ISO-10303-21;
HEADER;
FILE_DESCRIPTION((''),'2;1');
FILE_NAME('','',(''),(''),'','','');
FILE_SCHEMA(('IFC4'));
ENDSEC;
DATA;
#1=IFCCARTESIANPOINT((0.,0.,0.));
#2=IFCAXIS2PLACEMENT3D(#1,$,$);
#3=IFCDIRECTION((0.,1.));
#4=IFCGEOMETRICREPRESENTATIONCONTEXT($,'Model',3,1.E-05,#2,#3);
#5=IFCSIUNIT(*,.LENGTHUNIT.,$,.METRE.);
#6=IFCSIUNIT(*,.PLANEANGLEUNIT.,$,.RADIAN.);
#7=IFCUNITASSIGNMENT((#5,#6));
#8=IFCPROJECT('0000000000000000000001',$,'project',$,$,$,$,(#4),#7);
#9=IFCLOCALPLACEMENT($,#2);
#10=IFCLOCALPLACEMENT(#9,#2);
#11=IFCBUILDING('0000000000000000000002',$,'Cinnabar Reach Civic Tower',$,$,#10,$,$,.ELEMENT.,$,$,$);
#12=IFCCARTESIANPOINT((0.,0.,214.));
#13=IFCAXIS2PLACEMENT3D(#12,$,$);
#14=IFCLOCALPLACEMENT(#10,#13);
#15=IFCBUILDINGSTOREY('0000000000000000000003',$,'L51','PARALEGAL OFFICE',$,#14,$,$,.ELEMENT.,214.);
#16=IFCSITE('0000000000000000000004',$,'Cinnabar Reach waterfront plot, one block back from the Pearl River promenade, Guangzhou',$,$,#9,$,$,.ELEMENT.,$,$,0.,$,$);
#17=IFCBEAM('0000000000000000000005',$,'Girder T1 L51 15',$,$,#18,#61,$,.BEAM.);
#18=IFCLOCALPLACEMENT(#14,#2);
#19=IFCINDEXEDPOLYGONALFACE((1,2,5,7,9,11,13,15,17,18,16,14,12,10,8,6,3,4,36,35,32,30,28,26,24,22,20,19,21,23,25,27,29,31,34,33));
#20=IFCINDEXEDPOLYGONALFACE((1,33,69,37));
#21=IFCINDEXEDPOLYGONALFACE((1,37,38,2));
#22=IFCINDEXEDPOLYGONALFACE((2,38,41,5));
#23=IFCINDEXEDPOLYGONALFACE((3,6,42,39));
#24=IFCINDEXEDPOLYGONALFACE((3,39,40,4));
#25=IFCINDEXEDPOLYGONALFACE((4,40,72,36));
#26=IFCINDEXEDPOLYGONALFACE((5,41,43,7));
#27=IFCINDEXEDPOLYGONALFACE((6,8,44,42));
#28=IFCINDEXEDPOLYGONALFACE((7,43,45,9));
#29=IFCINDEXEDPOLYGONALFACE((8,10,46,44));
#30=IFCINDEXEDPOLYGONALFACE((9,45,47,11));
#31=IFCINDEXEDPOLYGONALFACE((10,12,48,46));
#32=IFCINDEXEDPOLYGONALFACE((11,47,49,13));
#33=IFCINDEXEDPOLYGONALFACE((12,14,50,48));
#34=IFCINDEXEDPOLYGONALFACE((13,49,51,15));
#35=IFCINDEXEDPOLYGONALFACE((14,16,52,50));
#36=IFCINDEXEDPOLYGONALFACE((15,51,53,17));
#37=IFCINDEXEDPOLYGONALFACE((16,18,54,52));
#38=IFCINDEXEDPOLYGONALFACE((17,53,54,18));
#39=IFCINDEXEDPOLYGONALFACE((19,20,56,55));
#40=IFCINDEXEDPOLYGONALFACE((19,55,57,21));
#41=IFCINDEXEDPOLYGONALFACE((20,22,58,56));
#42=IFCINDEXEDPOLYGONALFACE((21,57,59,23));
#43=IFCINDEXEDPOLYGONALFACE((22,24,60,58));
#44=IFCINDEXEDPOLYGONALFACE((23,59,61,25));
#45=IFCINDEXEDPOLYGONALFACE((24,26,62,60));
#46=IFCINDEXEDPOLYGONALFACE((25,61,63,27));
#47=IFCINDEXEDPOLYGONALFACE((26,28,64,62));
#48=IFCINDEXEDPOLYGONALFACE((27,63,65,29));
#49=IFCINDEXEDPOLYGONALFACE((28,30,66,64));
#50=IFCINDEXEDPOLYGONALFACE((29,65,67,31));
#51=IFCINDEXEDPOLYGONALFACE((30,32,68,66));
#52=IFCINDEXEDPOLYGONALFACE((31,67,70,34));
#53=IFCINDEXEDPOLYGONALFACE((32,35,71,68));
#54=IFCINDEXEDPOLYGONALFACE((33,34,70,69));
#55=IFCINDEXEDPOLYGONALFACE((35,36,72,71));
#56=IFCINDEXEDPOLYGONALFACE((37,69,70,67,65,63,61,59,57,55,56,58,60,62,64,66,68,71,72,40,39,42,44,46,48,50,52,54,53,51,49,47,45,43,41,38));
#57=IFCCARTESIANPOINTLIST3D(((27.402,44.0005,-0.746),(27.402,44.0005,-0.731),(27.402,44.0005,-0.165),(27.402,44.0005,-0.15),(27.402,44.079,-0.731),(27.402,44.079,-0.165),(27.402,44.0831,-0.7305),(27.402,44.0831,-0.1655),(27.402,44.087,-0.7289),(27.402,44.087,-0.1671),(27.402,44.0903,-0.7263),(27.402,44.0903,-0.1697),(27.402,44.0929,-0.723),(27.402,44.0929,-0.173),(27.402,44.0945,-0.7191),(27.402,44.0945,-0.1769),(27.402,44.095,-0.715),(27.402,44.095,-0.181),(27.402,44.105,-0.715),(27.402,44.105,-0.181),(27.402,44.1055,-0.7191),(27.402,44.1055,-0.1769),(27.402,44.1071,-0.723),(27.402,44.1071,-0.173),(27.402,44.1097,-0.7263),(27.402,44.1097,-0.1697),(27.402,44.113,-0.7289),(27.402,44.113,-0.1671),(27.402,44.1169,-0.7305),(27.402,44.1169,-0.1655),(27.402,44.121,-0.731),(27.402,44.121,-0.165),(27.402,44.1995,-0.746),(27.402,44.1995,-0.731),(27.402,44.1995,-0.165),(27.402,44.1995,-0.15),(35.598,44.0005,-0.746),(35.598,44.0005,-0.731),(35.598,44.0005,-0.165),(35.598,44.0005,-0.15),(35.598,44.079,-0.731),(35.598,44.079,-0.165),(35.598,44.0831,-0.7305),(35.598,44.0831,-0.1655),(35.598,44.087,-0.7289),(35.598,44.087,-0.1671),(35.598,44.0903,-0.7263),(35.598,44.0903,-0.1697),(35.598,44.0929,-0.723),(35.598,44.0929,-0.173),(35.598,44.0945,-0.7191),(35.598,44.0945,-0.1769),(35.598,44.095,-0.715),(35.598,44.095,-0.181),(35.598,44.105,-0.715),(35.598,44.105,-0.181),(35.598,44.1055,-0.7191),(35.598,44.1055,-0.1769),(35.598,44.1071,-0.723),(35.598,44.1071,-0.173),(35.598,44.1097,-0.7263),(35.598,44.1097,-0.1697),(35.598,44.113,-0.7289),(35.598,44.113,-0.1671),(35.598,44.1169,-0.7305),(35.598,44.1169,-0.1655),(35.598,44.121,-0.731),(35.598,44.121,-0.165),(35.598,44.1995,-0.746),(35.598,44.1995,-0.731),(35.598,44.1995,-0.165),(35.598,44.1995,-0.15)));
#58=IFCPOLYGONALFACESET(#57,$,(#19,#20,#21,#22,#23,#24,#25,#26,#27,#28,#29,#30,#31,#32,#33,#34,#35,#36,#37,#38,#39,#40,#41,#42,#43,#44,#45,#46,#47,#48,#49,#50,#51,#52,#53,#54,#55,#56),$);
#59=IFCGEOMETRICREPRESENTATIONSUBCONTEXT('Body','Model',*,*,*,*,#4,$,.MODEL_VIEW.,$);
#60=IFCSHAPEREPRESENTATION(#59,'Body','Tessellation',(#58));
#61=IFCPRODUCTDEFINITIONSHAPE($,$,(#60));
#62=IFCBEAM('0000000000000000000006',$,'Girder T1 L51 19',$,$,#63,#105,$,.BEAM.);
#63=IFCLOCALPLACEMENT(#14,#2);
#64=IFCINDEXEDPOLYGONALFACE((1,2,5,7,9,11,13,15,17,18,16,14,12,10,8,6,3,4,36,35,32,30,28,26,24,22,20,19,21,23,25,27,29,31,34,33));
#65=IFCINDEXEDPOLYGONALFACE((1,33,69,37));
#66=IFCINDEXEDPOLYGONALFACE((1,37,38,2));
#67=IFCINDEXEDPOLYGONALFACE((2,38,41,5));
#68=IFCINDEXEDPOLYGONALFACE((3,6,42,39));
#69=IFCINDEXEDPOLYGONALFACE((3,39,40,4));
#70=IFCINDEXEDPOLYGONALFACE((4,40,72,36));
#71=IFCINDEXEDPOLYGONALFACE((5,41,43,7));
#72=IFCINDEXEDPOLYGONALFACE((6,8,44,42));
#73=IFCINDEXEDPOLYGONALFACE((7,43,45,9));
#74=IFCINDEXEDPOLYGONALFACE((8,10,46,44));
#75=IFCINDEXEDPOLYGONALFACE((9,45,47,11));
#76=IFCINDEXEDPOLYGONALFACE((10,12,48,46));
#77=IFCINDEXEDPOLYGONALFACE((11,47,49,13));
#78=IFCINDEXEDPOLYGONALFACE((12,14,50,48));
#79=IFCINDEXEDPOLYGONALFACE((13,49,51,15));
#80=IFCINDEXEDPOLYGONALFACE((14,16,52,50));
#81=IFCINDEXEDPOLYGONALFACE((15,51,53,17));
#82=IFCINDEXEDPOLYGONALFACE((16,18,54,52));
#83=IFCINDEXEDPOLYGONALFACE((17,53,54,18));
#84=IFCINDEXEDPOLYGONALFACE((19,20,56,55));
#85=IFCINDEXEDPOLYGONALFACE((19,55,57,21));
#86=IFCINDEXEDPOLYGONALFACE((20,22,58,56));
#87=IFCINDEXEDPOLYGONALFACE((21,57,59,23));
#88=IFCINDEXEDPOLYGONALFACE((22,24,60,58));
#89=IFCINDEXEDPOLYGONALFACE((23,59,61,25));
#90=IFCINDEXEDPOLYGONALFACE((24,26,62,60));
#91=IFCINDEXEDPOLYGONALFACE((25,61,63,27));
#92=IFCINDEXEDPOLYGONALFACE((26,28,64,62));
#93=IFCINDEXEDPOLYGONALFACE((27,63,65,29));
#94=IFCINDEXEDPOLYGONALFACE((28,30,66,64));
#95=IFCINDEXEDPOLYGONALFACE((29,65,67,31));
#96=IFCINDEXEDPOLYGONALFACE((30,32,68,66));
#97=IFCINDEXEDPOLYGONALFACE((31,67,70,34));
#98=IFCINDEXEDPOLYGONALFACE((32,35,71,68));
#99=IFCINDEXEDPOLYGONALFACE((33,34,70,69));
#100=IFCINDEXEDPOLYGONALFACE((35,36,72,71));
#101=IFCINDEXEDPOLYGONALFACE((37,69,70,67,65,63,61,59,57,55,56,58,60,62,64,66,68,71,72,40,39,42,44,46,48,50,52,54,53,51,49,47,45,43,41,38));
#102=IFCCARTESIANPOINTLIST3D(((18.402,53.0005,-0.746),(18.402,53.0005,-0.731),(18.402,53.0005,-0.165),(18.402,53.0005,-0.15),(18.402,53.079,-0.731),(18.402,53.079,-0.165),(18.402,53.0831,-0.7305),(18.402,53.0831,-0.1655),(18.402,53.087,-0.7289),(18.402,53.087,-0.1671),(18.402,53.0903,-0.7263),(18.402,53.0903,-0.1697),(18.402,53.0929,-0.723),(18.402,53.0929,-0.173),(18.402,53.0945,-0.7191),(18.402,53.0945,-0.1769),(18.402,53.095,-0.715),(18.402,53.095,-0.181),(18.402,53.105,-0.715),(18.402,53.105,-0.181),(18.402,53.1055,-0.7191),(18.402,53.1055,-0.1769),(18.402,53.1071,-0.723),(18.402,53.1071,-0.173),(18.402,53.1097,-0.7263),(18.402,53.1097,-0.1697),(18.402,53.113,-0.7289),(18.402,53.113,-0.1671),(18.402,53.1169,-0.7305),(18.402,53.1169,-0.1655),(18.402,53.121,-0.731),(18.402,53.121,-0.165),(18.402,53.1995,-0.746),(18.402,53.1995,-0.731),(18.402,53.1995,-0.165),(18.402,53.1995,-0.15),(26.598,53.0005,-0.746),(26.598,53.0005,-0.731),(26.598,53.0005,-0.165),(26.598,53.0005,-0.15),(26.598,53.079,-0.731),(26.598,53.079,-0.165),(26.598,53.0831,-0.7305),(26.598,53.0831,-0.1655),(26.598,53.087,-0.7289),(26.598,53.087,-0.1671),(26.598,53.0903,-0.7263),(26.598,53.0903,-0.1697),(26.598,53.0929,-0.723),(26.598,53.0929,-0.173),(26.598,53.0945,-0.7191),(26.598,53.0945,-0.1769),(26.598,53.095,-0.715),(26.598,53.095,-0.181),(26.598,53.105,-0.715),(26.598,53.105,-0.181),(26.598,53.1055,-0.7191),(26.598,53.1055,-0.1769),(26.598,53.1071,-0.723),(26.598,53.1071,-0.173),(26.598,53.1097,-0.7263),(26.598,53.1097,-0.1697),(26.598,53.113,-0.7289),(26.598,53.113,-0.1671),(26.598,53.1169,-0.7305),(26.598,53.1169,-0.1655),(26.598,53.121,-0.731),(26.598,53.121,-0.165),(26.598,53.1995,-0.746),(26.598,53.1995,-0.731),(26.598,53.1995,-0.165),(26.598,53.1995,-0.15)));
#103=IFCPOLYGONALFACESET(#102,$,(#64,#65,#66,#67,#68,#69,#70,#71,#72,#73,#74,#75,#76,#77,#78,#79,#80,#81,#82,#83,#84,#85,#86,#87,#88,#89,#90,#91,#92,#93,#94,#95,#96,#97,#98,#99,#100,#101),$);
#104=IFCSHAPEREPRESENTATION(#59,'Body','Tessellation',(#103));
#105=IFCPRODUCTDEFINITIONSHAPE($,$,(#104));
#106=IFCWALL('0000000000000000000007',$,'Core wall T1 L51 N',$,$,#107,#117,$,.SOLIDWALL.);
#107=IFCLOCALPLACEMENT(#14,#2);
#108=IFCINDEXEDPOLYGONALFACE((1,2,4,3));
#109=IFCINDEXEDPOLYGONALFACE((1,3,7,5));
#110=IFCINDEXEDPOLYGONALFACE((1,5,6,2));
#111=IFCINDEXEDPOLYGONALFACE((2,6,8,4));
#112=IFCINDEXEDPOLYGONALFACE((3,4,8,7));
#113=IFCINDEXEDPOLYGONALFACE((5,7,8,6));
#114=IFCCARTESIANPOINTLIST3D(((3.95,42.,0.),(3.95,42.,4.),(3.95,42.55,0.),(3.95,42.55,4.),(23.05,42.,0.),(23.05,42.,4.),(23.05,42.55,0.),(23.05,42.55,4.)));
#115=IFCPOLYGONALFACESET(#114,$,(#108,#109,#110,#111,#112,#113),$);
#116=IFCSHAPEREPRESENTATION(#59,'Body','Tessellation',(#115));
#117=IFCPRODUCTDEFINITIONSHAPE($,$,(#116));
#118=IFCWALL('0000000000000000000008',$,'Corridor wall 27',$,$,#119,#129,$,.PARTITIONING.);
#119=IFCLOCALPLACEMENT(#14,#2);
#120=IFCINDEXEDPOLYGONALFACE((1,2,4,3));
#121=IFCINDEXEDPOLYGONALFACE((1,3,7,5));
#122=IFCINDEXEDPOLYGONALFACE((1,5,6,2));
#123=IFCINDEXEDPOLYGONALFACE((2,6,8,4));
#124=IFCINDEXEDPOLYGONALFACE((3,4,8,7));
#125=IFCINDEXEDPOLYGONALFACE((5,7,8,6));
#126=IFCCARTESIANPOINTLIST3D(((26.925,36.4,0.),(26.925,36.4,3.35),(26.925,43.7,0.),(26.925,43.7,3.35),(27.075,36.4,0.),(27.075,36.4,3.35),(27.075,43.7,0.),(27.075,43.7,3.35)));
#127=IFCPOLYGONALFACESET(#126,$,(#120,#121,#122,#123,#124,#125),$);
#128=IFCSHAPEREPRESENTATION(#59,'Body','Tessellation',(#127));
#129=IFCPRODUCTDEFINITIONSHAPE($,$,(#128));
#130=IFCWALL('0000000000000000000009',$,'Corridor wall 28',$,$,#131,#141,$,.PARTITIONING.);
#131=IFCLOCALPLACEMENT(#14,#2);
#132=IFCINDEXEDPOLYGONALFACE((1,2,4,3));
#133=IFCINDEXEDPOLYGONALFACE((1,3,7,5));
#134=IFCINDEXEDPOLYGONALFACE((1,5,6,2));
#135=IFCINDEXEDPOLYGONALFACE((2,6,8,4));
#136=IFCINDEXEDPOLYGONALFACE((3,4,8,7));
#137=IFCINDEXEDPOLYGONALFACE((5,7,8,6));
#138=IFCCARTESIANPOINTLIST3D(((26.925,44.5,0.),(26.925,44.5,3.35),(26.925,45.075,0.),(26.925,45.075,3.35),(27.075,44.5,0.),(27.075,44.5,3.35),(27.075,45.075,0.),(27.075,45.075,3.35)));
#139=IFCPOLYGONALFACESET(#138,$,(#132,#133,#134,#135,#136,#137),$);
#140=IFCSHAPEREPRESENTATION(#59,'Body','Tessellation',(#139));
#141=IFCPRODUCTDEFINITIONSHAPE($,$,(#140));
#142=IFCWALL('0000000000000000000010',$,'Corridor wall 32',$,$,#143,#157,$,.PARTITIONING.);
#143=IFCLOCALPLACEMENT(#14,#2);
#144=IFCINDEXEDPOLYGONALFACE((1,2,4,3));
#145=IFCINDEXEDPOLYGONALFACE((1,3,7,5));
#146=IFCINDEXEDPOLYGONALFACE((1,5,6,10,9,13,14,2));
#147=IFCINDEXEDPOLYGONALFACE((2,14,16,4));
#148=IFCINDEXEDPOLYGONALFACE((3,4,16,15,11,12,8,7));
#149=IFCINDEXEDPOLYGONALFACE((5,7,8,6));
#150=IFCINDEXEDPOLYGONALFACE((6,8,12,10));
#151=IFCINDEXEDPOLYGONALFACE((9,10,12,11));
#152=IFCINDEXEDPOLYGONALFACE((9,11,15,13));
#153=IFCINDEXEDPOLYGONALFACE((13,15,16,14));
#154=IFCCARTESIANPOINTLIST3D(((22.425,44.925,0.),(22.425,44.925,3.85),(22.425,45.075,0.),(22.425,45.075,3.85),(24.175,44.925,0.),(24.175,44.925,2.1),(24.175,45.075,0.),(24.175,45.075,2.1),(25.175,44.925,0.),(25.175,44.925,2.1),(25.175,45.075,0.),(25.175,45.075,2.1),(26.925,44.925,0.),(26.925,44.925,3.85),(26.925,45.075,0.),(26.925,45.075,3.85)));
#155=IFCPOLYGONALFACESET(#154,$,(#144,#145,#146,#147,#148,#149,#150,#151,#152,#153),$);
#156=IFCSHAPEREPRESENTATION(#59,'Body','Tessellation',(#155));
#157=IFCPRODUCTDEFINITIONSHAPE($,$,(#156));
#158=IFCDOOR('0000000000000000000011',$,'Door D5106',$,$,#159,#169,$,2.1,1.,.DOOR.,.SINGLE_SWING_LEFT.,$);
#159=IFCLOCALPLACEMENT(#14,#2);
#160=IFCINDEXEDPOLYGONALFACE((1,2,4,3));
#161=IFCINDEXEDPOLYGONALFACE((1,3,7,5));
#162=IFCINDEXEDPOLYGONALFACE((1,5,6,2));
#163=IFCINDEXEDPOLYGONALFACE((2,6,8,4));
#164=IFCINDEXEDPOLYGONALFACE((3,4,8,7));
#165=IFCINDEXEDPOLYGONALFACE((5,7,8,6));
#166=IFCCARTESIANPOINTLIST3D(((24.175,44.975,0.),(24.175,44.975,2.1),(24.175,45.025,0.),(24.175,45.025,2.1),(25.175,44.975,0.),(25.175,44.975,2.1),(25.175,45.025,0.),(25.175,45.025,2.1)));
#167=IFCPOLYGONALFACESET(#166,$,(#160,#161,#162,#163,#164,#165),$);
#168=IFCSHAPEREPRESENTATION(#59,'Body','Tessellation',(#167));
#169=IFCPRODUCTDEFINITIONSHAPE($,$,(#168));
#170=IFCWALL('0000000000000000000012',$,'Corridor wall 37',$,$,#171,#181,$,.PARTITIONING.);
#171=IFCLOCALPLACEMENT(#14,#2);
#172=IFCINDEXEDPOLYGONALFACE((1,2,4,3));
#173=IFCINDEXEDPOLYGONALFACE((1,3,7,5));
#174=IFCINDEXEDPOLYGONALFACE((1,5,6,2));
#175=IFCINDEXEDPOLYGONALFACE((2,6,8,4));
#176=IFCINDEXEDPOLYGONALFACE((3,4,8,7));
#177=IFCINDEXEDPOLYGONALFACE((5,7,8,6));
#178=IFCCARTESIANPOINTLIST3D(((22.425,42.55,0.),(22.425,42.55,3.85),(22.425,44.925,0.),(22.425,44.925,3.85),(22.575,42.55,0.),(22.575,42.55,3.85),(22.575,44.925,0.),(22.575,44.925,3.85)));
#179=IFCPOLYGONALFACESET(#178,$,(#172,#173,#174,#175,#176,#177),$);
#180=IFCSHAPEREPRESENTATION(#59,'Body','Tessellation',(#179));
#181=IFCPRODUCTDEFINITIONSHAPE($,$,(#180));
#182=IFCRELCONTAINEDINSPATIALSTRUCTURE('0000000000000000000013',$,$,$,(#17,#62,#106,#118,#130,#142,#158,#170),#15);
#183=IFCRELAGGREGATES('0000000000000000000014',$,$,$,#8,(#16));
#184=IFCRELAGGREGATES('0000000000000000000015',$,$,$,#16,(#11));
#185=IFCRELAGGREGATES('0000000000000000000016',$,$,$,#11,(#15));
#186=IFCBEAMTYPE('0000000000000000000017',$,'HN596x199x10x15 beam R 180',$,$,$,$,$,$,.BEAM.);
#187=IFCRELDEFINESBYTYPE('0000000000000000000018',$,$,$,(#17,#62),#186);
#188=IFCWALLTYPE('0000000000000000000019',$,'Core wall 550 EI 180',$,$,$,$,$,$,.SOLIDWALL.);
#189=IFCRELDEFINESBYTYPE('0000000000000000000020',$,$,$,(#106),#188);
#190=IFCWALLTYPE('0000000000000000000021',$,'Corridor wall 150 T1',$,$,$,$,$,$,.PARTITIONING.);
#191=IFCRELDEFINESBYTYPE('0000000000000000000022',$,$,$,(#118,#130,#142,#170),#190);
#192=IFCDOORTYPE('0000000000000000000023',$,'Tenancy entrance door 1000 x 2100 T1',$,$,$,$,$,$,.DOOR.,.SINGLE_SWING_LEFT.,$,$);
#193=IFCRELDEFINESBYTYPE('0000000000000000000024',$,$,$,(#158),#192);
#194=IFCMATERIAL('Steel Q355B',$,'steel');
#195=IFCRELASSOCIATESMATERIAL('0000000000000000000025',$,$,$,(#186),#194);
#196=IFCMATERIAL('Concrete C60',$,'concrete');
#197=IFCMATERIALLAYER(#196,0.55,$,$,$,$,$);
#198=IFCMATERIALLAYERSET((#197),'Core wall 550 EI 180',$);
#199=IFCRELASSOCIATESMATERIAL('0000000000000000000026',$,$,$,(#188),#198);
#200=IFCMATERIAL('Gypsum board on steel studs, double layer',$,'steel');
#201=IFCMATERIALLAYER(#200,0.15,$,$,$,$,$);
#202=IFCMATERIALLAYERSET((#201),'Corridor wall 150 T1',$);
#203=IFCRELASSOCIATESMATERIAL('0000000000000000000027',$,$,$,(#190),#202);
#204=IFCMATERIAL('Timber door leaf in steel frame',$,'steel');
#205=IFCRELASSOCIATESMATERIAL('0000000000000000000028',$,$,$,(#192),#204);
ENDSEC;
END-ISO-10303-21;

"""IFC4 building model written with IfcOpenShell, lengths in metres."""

from ifc_helpers import new_model, si_unit, direction, frame, frame_2d, origin, origin_2d, place, context, subcontext, project, spatial, rectangle, i_section, extrude, material, layer, layer_set, material_profile, profile_set, type_object, element, fill, save


model = new_model("IFC4")

# Units and contexts
model_context = context("Model", 3, precision=1e-05, world=origin(), true_north=direction((0.0, 1.0)))
body_context = subcontext(model_context, "Body", "Model", "MODEL_VIEW")
ifc_project = project(units=[si_unit("LENGTHUNIT", "METRE"), si_unit("PLANEANGLEUNIT", "RADIAN")], contexts=[model_context])

# Site, building, storey
site_placement = place(None, origin())
site = spatial("IfcSite", under=ifc_project, at=site_placement, Name="Cinnabar Reach waterfront plot, one block back from the Pearl River promenade, Guangzhou", CompositionType="ELEMENT", RefElevation=0.0)
building_placement = place(site_placement, origin())
building = spatial("IfcBuilding", under=site, at=building_placement, Name="Cinnabar Reach Civic Tower", CompositionType="ELEMENT")
storey_placement = place(building_placement, frame((0.0, 0.0, 214.0)))
storey = spatial("IfcBuildingStorey", under=building, at=storey_placement, Name="L51", Description="PARALEGAL OFFICE", CompositionType="ELEMENT", Elevation=214.0)

# Shared definitions
ifc_material_1 = material(Name="Concrete C60", Category="concrete")

# Beams
ifc_material_2 = material(Name="Steel Q355B", Category="steel")
ifc_material_profile_1 = material_profile(ifc_material_2, i_section(OverallWidth=0.199, OverallDepth=0.596, WebThickness=0.01, FlangeThickness=0.015, FilletRadius=0.016, at=origin_2d()), Name="HN596x199x10x15")
ifc_profile_set_1 = profile_set([ifc_material_profile_1], Name="Steel Q355B")
beam_type_1 = type_object("IfcBeamType", Name="HN596x199x10x15 beam R 180", PredefinedType="BEAM", material=ifc_profile_set_1)
for number, where, z_axis, x_axis, name in (
    (1, (27.402, 44.1, -0.448), (1.0, 0.0, 0.0), (0.0, 1.0, 0.0), "Girder T1 L51 15"),
    (2, (18.402, 53.1, -0.448), (1.0, 0.0, 0.0), (0.0, 1.0, 0.0), "Girder T1 L51 19"),
):
    element("IfcBeam", number, at=place(storey_placement, frame(where, z_axis=z_axis, x_axis=x_axis)), inside=storey, type_object=beam_type_1, Name=name, PredefinedType="BEAM", context=body_context, shape_type="SweptSolid", body=[
        extrude(i_section(OverallWidth=0.199, OverallDepth=0.596, WebThickness=0.01, FlangeThickness=0.015, FilletRadius=0.016, at=origin_2d()), origin(), (0.0, 0.0, 1.0), 8.196),
    ])

# Walls
ifc_layer_1 = layer(ifc_material_1, 0.55)
ifc_layer_set_1 = layer_set([ifc_layer_1], Name="Core wall 550 EI 180")
wall_type_1 = type_object("IfcWallType", Name="Core wall 550 EI 180", PredefinedType="SOLIDWALL", material=ifc_layer_set_1)
wall_1_placement = place(storey_placement, frame((23.05, 42.275, 0.0), z_axis=(0.0, 0.0, 1.0), x_axis=(-1.0, 0.0, 0.0)))
element("IfcWall", 3, at=wall_1_placement, inside=storey, type_object=wall_type_1, Name="Core wall T1 L51 N", PredefinedType="SOLIDWALL", context=body_context, shape_type="SweptSolid", body=[
    extrude(rectangle(XDim=19.1, YDim=0.55, at=frame_2d((9.55, 0.0))), origin(), (0.0, 0.0, 1.0), 4.0),
])
ifc_material_3 = material(Name="Gypsum board on steel studs, double layer", Category="steel")
ifc_layer_2 = layer(ifc_material_3, 0.15)
ifc_layer_set_2 = layer_set([ifc_layer_2], Name="Corridor wall 150 T1")
wall_type_2 = type_object("IfcWallType", Name="Corridor wall 150 T1", PredefinedType="PARTITIONING", material=ifc_layer_set_2)
wall_2_placement = place(storey_placement, frame((27.0, 36.4, 0.0), z_axis=(0.0, 0.0, 1.0), x_axis=(0.0, 1.0, 0.0)))
element("IfcWall", 4, at=wall_2_placement, inside=storey, type_object=wall_type_2, Name="Corridor wall 27", PredefinedType="PARTITIONING", context=body_context, shape_type="SweptSolid", body=[
    extrude(rectangle(XDim=7.3, YDim=0.15, at=frame_2d((3.65, 0.0))), origin(), (0.0, 0.0, 1.0), 3.35),
])
wall_3_placement = place(storey_placement, frame((27.0, 44.5, 0.0), z_axis=(0.0, 0.0, 1.0), x_axis=(0.0, 1.0, 0.0)))
element("IfcWall", 5, at=wall_3_placement, inside=storey, type_object=wall_type_2, Name="Corridor wall 28", PredefinedType="PARTITIONING", context=body_context, shape_type="SweptSolid", body=[
    extrude(rectangle(XDim=0.575, YDim=0.15, at=frame_2d((0.2875, 0.0))), origin(), (0.0, 0.0, 1.0), 3.35),
])

# Wall, opening, door
wall_4_placement = place(storey_placement, frame((22.425, 45.0, 0.0), z_axis=(0.0, 0.0, 1.0), x_axis=(1.0, 0.0, 0.0)))
wall_4 = element("IfcWall", 6, at=wall_4_placement, inside=storey, type_object=wall_type_2, Name="Corridor wall 32", PredefinedType="PARTITIONING", context=body_context, shape_type="SweptSolid", body=[
    extrude(rectangle(XDim=4.5, YDim=0.15, at=frame_2d((2.25, 0.0))), origin(), (0.0, 0.0, 1.0), 3.85),
])
opening_1_placement = place(wall_4_placement, frame((1.75, 0.0, 0.0)))
opening_1 = element("IfcOpeningElement", 7, at=opening_1_placement, cuts=wall_4, PredefinedType="OPENING", context=body_context, shape_type="SweptSolid", body=[
    extrude(rectangle(XDim=1.0, YDim=2.1, at=frame_2d((0.5, 1.05))), frame((0.0, 0.085, 0.0), z_axis=(0.0, -1.0, 0.0), x_axis=(1.0, 0.0, 0.0)), (0.0, 0.0, 1.0), 0.17),
])
ifc_material_4 = material(Name="Timber door leaf in steel frame", Category="steel")
door_type_1 = type_object("IfcDoorType", Name="Tenancy entrance door 1000 x 2100 T1", OperationType="SINGLE_SWING_LEFT", PredefinedType="DOOR", material=ifc_material_4)
door_1_placement = place(opening_1_placement, origin())
door_1 = element("IfcDoor", 8, at=door_1_placement, inside=storey, type_object=door_type_1, Name="Door D5106", OperationType="SINGLE_SWING_LEFT", OverallHeight=2.1, OverallWidth=1.0, PredefinedType="DOOR", context=body_context, shape_type="SweptSolid", body=[
    extrude(rectangle(XDim=1.0, YDim=2.1, at=frame_2d((0.5, 1.05))), frame((0.0, 0.025, 0.0), z_axis=(0.0, -1.0, 0.0), x_axis=(1.0, 0.0, 0.0)), (0.0, 0.0, 1.0), 0.05),
])
fill(opening_1, door_1)

# Wall
wall_5_placement = place(storey_placement, frame((22.5, 42.55, 0.0), z_axis=(0.0, 0.0, 1.0), x_axis=(0.0, 1.0, 0.0)))
element("IfcWall", 9, at=wall_5_placement, inside=storey, type_object=wall_type_2, Name="Corridor wall 37", PredefinedType="PARTITIONING", context=body_context, shape_type="SweptSolid", body=[
    extrude(rectangle(XDim=2.375, YDim=0.15, at=frame_2d((1.1875, 0.0))), origin(), (0.0, 0.0, 1.0), 3.85),
])

save(model, "model.ifc")
